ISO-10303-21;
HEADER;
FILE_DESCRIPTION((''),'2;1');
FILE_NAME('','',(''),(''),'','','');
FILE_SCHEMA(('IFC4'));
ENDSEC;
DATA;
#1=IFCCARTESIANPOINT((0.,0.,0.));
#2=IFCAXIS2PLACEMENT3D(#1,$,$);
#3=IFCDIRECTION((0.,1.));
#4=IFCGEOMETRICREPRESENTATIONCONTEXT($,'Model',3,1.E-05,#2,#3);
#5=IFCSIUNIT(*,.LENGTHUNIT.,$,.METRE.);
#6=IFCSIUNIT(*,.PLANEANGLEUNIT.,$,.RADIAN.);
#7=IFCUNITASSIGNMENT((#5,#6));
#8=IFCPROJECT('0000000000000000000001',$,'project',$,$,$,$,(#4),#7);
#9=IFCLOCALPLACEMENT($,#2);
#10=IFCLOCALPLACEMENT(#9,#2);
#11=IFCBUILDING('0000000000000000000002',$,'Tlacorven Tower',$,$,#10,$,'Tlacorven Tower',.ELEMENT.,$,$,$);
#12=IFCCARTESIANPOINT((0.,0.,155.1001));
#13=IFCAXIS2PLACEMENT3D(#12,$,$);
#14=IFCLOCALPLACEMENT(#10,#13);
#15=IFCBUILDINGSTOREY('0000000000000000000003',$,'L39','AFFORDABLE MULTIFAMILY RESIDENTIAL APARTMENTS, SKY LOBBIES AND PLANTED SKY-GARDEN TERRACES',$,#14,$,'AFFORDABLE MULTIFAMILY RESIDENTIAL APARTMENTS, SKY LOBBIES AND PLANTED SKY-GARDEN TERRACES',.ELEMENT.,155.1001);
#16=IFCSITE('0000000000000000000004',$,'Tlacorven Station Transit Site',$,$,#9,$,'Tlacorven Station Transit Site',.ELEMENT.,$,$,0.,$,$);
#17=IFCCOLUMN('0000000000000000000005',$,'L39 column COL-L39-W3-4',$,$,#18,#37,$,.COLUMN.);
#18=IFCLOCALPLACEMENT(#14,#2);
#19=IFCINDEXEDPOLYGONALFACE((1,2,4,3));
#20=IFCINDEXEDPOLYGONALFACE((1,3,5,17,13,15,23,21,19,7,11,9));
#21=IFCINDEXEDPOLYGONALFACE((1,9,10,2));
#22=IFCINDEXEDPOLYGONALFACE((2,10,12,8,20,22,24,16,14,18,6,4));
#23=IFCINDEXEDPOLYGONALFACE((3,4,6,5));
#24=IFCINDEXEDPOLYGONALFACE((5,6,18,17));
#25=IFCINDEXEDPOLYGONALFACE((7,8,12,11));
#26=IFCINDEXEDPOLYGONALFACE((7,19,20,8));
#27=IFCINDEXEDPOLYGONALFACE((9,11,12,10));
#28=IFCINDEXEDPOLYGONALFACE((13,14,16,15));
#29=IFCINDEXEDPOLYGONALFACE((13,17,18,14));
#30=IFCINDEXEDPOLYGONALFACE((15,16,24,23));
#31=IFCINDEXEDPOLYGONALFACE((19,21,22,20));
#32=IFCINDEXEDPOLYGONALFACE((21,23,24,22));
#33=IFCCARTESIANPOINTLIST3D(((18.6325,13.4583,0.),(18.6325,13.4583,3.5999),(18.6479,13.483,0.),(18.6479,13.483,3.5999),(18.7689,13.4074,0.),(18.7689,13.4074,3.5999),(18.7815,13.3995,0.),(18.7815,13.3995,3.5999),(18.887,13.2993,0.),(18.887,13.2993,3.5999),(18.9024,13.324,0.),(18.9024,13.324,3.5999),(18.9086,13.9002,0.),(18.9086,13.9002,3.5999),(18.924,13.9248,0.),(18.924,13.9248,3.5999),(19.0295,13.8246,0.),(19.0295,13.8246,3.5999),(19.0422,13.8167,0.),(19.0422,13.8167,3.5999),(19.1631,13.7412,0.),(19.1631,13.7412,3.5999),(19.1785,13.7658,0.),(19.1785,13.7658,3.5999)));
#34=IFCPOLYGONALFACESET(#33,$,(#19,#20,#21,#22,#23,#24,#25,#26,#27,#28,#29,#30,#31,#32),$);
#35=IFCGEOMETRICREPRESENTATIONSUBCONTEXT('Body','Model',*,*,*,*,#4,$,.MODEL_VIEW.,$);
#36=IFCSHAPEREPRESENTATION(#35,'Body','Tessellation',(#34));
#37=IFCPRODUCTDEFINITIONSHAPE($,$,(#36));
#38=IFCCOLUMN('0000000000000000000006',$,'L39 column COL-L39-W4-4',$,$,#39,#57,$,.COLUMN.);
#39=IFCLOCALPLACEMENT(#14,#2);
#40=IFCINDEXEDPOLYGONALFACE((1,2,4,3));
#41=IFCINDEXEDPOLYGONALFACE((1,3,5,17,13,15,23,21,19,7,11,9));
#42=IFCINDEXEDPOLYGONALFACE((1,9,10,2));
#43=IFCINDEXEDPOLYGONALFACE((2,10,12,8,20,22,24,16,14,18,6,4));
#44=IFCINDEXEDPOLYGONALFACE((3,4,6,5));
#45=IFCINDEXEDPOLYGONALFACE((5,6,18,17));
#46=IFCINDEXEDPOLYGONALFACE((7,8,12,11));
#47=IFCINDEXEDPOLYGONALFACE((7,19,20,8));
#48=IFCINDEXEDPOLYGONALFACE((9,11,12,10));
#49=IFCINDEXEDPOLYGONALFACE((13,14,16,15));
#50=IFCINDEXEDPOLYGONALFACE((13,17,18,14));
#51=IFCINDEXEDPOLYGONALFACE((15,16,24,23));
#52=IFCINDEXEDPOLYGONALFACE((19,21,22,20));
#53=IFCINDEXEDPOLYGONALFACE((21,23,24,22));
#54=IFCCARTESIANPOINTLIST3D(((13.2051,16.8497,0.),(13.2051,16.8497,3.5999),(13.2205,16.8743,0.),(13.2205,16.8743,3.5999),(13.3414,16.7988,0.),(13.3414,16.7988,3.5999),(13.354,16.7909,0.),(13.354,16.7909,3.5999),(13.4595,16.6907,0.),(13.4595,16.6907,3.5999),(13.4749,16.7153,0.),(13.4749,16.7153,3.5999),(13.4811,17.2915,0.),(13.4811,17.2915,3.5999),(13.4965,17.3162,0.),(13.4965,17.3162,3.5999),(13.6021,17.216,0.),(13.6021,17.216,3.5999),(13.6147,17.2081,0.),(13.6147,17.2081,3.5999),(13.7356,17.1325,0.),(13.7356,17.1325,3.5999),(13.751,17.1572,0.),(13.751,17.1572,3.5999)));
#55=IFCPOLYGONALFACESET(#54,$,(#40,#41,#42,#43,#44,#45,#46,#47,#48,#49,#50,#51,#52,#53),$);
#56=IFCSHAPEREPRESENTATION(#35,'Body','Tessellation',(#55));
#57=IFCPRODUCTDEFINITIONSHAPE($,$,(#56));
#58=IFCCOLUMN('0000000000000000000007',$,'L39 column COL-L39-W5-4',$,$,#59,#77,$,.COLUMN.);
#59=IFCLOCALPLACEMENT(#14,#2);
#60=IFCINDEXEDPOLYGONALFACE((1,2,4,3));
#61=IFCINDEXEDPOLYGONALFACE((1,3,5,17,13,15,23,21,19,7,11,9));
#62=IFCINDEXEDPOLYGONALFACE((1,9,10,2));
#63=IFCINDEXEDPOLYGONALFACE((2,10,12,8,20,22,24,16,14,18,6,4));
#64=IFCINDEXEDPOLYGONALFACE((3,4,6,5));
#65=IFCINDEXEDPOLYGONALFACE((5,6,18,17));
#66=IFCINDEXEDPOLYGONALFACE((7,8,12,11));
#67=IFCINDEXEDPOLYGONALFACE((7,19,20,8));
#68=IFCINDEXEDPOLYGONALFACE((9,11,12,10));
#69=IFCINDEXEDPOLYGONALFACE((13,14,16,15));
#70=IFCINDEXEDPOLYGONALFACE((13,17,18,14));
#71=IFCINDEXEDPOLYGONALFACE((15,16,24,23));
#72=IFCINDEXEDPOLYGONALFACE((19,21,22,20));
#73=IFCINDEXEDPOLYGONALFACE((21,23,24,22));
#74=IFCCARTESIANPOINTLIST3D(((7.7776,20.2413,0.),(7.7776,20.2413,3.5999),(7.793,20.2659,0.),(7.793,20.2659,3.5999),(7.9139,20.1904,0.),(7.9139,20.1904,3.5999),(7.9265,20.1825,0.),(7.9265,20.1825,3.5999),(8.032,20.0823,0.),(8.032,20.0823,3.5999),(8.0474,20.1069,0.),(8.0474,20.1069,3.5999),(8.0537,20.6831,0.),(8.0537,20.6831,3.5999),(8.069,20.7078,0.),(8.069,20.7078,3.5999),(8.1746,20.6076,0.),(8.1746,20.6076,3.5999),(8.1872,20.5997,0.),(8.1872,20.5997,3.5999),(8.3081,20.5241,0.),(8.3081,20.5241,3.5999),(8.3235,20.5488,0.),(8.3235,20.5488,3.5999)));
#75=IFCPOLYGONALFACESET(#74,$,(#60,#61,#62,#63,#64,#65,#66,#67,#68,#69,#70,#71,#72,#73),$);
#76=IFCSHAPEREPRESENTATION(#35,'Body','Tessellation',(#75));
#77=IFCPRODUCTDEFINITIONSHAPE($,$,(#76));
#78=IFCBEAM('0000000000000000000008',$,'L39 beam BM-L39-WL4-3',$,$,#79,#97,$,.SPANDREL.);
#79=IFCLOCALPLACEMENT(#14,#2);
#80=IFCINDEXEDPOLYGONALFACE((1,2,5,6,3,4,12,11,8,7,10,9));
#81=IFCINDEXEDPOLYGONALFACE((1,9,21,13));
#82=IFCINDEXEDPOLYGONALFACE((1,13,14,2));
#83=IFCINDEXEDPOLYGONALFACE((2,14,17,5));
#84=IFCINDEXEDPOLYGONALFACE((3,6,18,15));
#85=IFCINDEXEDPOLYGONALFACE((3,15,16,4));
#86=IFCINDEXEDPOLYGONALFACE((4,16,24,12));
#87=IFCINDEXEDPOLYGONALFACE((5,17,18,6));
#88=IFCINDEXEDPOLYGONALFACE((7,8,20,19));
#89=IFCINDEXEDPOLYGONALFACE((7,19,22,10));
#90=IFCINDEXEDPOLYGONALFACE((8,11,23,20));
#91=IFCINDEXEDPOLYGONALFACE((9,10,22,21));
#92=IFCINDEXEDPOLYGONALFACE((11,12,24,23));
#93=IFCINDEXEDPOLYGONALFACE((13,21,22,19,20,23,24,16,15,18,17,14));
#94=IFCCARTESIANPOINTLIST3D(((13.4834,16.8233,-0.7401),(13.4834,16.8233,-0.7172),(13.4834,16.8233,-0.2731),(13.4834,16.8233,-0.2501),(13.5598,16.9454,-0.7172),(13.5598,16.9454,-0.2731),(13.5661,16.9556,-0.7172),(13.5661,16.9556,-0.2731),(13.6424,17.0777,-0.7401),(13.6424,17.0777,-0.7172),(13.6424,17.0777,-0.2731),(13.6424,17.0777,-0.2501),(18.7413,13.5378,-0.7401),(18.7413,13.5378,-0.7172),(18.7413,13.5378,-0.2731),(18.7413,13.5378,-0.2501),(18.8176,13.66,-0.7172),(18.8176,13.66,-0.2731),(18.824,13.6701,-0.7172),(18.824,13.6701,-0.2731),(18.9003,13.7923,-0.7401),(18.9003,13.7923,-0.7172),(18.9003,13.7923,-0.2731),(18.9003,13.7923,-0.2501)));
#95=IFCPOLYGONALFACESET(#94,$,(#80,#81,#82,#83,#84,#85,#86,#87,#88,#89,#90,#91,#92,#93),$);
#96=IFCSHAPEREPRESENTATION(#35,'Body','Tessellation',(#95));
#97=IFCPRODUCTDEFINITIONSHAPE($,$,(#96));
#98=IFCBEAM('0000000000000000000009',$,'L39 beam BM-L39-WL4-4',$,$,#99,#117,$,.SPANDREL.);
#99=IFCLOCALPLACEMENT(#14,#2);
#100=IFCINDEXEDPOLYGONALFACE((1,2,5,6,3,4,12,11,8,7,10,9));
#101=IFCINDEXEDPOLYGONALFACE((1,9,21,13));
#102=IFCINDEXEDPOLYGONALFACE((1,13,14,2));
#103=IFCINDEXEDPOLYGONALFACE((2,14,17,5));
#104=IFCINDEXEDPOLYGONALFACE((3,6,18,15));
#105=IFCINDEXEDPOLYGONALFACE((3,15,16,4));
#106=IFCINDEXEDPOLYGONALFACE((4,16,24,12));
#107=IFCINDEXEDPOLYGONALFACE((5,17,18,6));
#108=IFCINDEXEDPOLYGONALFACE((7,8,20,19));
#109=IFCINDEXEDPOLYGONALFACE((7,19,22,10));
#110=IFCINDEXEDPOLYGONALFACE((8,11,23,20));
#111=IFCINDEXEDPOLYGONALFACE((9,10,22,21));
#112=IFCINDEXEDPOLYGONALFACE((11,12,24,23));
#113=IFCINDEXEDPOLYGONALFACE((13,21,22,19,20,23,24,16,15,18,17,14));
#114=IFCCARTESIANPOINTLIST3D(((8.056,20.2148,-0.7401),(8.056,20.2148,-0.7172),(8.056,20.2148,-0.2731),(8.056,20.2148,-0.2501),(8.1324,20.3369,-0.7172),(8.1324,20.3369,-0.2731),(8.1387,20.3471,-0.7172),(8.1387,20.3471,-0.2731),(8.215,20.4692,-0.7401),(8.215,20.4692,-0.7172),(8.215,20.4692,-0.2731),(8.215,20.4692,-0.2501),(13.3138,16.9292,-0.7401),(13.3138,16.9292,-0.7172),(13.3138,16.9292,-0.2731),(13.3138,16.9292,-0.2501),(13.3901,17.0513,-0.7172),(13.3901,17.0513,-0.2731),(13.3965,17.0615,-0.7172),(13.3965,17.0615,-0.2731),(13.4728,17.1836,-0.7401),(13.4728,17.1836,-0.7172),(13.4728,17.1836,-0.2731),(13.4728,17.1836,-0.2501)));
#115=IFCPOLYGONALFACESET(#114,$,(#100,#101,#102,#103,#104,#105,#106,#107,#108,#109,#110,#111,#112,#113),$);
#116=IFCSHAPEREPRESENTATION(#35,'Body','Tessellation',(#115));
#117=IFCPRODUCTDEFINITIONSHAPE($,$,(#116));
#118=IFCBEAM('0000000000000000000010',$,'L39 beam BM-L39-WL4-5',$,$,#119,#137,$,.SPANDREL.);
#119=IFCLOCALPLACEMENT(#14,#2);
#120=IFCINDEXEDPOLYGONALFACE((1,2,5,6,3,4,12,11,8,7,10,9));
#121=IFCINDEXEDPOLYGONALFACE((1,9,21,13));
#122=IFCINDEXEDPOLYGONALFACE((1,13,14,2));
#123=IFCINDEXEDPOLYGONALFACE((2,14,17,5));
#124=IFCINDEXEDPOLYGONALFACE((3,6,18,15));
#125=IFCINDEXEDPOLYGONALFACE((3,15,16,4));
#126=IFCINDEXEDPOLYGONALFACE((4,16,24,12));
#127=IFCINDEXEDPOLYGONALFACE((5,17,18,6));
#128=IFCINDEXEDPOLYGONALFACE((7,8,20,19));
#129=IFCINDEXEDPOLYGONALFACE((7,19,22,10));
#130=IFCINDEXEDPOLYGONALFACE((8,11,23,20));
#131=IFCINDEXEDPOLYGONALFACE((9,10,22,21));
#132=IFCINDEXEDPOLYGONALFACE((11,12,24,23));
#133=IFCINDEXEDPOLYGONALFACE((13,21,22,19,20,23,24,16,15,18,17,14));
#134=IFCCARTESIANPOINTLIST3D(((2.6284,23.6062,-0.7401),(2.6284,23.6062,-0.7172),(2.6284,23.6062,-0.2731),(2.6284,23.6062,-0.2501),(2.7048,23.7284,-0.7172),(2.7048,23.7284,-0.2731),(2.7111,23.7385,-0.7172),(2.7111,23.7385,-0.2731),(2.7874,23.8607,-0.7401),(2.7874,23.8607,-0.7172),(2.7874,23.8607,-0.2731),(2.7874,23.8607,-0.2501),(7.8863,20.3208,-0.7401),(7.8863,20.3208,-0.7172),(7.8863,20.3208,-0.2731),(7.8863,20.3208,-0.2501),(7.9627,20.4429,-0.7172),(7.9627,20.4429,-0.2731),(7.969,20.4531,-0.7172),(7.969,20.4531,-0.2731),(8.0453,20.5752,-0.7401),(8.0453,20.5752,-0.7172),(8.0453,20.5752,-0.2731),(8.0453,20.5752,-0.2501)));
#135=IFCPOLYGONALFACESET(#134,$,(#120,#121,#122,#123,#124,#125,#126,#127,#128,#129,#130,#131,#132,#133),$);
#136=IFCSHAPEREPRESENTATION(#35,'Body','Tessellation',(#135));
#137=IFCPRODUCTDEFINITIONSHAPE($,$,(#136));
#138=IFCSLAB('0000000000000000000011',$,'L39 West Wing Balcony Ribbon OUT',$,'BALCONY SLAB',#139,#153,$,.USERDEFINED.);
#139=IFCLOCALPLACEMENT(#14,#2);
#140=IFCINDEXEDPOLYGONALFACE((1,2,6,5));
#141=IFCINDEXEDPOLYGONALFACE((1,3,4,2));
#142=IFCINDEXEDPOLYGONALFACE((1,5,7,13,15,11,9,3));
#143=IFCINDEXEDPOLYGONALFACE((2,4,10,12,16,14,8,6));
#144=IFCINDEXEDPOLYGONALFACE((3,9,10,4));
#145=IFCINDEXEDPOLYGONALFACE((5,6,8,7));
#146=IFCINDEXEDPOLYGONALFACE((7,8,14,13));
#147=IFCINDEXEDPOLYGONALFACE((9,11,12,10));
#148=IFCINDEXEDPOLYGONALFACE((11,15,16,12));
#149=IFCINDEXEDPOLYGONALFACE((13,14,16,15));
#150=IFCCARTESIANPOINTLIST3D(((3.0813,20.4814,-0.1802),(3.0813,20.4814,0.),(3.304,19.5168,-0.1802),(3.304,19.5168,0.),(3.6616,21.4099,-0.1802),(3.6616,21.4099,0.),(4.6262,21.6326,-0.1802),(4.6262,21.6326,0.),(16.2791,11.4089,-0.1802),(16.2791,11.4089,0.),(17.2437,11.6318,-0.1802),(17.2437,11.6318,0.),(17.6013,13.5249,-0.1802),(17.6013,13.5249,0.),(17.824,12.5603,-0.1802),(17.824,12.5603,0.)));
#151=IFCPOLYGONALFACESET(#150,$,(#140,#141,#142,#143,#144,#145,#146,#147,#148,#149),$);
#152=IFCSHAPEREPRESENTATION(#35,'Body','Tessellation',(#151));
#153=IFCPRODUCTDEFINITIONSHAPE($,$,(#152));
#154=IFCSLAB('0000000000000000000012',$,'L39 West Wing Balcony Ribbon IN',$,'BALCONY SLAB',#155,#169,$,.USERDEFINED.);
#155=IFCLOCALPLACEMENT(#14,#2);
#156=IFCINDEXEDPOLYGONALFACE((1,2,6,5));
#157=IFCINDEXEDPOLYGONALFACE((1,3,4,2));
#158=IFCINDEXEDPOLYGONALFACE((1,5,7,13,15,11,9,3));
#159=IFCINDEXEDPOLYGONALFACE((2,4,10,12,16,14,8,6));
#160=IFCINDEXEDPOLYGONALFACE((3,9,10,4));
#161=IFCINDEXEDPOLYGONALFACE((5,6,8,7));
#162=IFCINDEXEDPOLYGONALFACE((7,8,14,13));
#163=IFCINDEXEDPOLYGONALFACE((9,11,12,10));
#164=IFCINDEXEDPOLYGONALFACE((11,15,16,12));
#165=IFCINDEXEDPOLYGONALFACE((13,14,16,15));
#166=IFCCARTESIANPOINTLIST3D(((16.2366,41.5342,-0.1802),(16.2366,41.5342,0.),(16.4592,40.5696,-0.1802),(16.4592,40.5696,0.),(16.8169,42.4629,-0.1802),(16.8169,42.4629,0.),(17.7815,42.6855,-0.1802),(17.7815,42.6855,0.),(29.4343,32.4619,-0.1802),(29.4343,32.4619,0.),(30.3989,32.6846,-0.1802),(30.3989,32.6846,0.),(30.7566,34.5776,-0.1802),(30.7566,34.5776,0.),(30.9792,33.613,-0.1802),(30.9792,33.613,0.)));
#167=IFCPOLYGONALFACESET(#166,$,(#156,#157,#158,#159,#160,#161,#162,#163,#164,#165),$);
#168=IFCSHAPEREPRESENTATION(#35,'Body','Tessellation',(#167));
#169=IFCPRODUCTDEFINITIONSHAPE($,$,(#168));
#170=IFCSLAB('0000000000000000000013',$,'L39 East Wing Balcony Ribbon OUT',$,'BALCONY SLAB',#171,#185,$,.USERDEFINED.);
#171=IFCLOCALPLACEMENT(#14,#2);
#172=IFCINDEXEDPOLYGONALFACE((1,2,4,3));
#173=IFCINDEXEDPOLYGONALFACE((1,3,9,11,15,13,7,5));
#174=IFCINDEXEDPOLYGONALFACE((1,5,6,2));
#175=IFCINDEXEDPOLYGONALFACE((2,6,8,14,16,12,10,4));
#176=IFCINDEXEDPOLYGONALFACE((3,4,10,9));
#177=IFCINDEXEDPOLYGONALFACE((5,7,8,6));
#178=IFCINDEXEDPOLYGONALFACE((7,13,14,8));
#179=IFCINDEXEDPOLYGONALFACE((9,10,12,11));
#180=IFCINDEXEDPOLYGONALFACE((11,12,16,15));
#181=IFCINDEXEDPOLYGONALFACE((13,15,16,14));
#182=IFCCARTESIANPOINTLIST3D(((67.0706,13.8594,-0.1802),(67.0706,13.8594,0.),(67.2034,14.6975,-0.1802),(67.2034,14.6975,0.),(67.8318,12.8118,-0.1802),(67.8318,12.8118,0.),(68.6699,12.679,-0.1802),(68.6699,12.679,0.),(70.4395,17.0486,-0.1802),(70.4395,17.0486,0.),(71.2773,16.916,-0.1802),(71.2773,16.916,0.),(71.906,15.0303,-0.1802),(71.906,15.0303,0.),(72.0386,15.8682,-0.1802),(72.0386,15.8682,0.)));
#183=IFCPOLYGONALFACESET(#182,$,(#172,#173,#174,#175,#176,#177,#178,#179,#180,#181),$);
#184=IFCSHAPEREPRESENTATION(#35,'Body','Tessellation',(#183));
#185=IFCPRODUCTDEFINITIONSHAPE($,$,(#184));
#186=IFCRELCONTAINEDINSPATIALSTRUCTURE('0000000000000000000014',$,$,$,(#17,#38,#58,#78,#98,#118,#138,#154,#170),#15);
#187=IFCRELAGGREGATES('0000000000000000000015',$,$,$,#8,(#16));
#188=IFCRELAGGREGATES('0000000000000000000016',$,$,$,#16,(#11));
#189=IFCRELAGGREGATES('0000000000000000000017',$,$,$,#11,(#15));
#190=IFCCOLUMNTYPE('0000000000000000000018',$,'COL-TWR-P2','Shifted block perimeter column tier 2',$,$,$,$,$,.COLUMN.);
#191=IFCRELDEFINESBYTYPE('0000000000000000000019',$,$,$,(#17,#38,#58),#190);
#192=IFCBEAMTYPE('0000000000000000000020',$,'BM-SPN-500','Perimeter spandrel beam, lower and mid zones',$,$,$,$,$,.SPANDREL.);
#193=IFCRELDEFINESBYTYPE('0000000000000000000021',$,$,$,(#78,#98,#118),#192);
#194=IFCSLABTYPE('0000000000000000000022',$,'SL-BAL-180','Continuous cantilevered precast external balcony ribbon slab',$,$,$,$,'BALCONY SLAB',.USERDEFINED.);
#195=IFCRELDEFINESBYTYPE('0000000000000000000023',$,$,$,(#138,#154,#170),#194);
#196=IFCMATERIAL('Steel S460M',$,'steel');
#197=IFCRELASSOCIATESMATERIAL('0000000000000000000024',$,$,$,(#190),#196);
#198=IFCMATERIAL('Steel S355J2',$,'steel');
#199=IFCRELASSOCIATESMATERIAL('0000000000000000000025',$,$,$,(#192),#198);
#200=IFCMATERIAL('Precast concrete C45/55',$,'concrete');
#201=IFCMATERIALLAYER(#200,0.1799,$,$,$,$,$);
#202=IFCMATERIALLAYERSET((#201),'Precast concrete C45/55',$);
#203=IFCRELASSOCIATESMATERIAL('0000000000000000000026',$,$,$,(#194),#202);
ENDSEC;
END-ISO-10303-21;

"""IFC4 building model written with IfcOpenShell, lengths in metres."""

from ifc_helpers import new_model, si_unit, direction, frame, origin, origin_2d, place, context, subcontext, project, spatial, polyline, i_section, outline, extrude, source, transform, mapped, material, layer, layer_set, material_profile, profile_set, type_object, element, save


model = new_model("IFC4")

# Units and contexts
model_context = context("Model", 3, precision=1e-05, world=origin(), true_north=direction((0.0, 1.0)))
body_context = subcontext(model_context, "Body", "Model", "MODEL_VIEW")
ifc_project = project(units=[si_unit("LENGTHUNIT", "METRE"), si_unit("PLANEANGLEUNIT", "RADIAN")], contexts=[model_context])

# Site, building, storey
site_placement = place(None, origin())
site = spatial("IfcSite", under=ifc_project, at=site_placement, Name="Tlacorven Station Transit Site", LongName="Tlacorven Station Transit Site", CompositionType="ELEMENT", RefElevation=0.0)
building_placement = place(site_placement, origin())
building = spatial("IfcBuilding", under=site, at=building_placement, Name="Tlacorven Tower", LongName="Tlacorven Tower", CompositionType="ELEMENT")
storey_placement = place(building_placement, frame((0.0, 0.0, 155.1001)))
storey = spatial("IfcBuildingStorey", under=building, at=storey_placement, Name="L39", Description="AFFORDABLE MULTIFAMILY RESIDENTIAL APARTMENTS, SKY LOBBIES AND PLANTED SKY-GARDEN TERRACES", LongName="AFFORDABLE MULTIFAMILY RESIDENTIAL APARTMENTS, SKY LOBBIES AND PLANTED SKY-GARDEN TERRACES", CompositionType="ELEMENT", Elevation=155.1001)

# Columns
ifc_material_1 = material(Name="Steel S460M", Category="steel")
ifc_material_profile_1 = material_profile(ifc_material_1, i_section(OverallWidth=0.3, OverallDepth=0.55, WebThickness=0.0149, FlangeThickness=0.0291, at=origin_2d()), Name="HEB 550")
ifc_profile_set_1 = profile_set([ifc_material_profile_1], Name="Steel S460M")
column_type = type_object("IfcColumnType", Name="COL-TWR-P2", Description="Shifted block perimeter column tier 2", PredefinedType="COLUMN", material=ifc_profile_set_1)
shared_shape_1 = source(origin(), body_context, "Body", "SweptSolid", [
    extrude(i_section(OverallWidth=0.3, OverallDepth=0.55, WebThickness=0.0149, FlangeThickness=0.0291, at=origin_2d()), origin(), (0.0, 0.0, 1.0), 3.5999),
])
for number, where, z_axis, x_axis, name in (
    (1, (18.9055, 13.6121, 0.0), (0.0, 0.0, 1.0), (-0.848048, 0.529919, 0.0), "L39 column COL-L39-W3-4"),
    (2, (13.478, 17.0034, 0.0), (0.0, 0.0, 1.0), (-0.848048, 0.529919, 0.0), "L39 column COL-L39-W4-4"),
    (3, (8.0505, 20.395, 0.0), (0.0, 0.0, 1.0), (-0.848048, 0.529919, 0.0), "L39 column COL-L39-W5-4"),
):
    element("IfcColumn", number, at=place(storey_placement, frame(where, z_axis=z_axis, x_axis=x_axis)), inside=storey, type_object=column_type, Name=name, PredefinedType="COLUMN", context=body_context, shape_type="MappedRepresentation", body=[
        mapped(shared_shape_1, transform((0.0, 0.0, 0.0), scale=1.0)),
    ])

# Beams
ifc_material_2 = material(Name="Steel S355J2", Category="steel")
ifc_material_profile_2 = material_profile(ifc_material_2, i_section(OverallWidth=0.3, OverallDepth=0.49, WebThickness=0.012, FlangeThickness=0.0229, at=origin_2d()), Name="HEA 500")
ifc_profile_set_2 = profile_set([ifc_material_profile_2], Name="Steel S355J2")
beam_type = type_object("IfcBeamType", Name="BM-SPN-500", Description="Perimeter spandrel beam, lower and mid zones", PredefinedType="SPANDREL", material=ifc_profile_set_2)
shared_shape_2 = source(origin(), body_context, "Body", "SweptSolid", [
    extrude(i_section(OverallWidth=0.3, OverallDepth=0.49, WebThickness=0.012, FlangeThickness=0.0229, at=origin_2d()), origin(), (0.0, 0.0, 1.0), 6.2),
])
for number, where, z_axis, x_axis, name in (
    (4, (18.8208, 13.665, -0.4951), (-0.848051, 0.529914, 0.0), (-0.529914, -0.848051, 0.0), "L39 beam BM-L39-WL4-3"),
    (5, (13.3933, 17.0564, -0.4951), (-0.848034, 0.529942, 0.0), (-0.529942, -0.848034, 0.0), "L39 beam BM-L39-WL4-4"),
    (6, (7.9658, 20.448, -0.4951), (-0.848051, 0.529914, 0.0), (-0.529914, -0.848051, 0.0), "L39 beam BM-L39-WL4-5"),
):
    element("IfcBeam", number, at=place(storey_placement, frame(where, z_axis=z_axis, x_axis=x_axis)), inside=storey, type_object=beam_type, Name=name, PredefinedType="SPANDREL", context=body_context, shape_type="MappedRepresentation", body=[
        mapped(shared_shape_2, transform((0.0, 0.0, 0.0), scale=1.0)),
    ])

# Slabs
ifc_material_3 = material(Name="Precast concrete C45/55", Category="concrete")
ifc_layer_1 = layer(ifc_material_3, 0.1799)
ifc_layer_set_1 = layer_set([ifc_layer_1], Name="Precast concrete C45/55")
slab_type_1 = type_object("IfcSlabType", Name="SL-BAL-180", Description="Continuous cantilevered precast external balcony ribbon slab", ElementType="BALCONY SLAB", PredefinedType="USERDEFINED", material=ifc_layer_set_1)
slab_1_placement = place(storey_placement, frame((0.0, 0.0, -0.1802)))
element("IfcSlab", 7, at=slab_1_placement, inside=storey, type_object=slab_type_1, Name="L39 West Wing Balcony Ribbon OUT", ObjectType="BALCONY SLAB", PredefinedType="USERDEFINED", context=body_context, shape_type="SweptSolid", body=[
    extrude(outline(polyline([(17.6013, 13.5249), (4.6262, 21.6326), (3.6616, 21.4099), (3.0813, 20.4814), (3.304, 19.5168), (16.2791, 11.4089), (17.2437, 11.6318), (17.824, 12.5603), (17.6013, 13.5249)])), origin(), (0.0, 0.0, 1.0), 0.1802),
])
slab_2_placement = place(storey_placement, frame((0.0, 0.0, -0.1802)))
element("IfcSlab", 8, at=slab_2_placement, inside=storey, type_object=slab_type_1, Name="L39 West Wing Balcony Ribbon IN", ObjectType="BALCONY SLAB", PredefinedType="USERDEFINED", context=body_context, shape_type="SweptSolid", body=[
    extrude(outline(polyline([(30.7566, 34.5776), (17.7815, 42.6855), (16.8169, 42.4629), (16.2366, 41.5342), (16.4592, 40.5696), (29.4343, 32.4619), (30.3989, 32.6846), (30.9792, 33.613), (30.7566, 34.5776)])), origin(), (0.0, 0.0, 1.0), 0.1802),
])
slab_3_placement = place(storey_placement, frame((0.0, 0.0, -0.1802)))
element("IfcSlab", 9, at=slab_3_placement, inside=storey, type_object=slab_type_1, Name="L39 East Wing Balcony Ribbon OUT", ObjectType="BALCONY SLAB", PredefinedType="USERDEFINED", context=body_context, shape_type="SweptSolid", body=[
    extrude(outline(polyline([(68.6699, 12.679), (71.906, 15.0303), (72.0386, 15.8682), (71.2773, 16.916), (70.4395, 17.0486), (67.2034, 14.6975), (67.0706, 13.8594), (67.8318, 12.8118), (68.6699, 12.679)])), origin(), (0.0, 0.0, 1.0), 0.1802),
])

save(model, "model.ifc")
